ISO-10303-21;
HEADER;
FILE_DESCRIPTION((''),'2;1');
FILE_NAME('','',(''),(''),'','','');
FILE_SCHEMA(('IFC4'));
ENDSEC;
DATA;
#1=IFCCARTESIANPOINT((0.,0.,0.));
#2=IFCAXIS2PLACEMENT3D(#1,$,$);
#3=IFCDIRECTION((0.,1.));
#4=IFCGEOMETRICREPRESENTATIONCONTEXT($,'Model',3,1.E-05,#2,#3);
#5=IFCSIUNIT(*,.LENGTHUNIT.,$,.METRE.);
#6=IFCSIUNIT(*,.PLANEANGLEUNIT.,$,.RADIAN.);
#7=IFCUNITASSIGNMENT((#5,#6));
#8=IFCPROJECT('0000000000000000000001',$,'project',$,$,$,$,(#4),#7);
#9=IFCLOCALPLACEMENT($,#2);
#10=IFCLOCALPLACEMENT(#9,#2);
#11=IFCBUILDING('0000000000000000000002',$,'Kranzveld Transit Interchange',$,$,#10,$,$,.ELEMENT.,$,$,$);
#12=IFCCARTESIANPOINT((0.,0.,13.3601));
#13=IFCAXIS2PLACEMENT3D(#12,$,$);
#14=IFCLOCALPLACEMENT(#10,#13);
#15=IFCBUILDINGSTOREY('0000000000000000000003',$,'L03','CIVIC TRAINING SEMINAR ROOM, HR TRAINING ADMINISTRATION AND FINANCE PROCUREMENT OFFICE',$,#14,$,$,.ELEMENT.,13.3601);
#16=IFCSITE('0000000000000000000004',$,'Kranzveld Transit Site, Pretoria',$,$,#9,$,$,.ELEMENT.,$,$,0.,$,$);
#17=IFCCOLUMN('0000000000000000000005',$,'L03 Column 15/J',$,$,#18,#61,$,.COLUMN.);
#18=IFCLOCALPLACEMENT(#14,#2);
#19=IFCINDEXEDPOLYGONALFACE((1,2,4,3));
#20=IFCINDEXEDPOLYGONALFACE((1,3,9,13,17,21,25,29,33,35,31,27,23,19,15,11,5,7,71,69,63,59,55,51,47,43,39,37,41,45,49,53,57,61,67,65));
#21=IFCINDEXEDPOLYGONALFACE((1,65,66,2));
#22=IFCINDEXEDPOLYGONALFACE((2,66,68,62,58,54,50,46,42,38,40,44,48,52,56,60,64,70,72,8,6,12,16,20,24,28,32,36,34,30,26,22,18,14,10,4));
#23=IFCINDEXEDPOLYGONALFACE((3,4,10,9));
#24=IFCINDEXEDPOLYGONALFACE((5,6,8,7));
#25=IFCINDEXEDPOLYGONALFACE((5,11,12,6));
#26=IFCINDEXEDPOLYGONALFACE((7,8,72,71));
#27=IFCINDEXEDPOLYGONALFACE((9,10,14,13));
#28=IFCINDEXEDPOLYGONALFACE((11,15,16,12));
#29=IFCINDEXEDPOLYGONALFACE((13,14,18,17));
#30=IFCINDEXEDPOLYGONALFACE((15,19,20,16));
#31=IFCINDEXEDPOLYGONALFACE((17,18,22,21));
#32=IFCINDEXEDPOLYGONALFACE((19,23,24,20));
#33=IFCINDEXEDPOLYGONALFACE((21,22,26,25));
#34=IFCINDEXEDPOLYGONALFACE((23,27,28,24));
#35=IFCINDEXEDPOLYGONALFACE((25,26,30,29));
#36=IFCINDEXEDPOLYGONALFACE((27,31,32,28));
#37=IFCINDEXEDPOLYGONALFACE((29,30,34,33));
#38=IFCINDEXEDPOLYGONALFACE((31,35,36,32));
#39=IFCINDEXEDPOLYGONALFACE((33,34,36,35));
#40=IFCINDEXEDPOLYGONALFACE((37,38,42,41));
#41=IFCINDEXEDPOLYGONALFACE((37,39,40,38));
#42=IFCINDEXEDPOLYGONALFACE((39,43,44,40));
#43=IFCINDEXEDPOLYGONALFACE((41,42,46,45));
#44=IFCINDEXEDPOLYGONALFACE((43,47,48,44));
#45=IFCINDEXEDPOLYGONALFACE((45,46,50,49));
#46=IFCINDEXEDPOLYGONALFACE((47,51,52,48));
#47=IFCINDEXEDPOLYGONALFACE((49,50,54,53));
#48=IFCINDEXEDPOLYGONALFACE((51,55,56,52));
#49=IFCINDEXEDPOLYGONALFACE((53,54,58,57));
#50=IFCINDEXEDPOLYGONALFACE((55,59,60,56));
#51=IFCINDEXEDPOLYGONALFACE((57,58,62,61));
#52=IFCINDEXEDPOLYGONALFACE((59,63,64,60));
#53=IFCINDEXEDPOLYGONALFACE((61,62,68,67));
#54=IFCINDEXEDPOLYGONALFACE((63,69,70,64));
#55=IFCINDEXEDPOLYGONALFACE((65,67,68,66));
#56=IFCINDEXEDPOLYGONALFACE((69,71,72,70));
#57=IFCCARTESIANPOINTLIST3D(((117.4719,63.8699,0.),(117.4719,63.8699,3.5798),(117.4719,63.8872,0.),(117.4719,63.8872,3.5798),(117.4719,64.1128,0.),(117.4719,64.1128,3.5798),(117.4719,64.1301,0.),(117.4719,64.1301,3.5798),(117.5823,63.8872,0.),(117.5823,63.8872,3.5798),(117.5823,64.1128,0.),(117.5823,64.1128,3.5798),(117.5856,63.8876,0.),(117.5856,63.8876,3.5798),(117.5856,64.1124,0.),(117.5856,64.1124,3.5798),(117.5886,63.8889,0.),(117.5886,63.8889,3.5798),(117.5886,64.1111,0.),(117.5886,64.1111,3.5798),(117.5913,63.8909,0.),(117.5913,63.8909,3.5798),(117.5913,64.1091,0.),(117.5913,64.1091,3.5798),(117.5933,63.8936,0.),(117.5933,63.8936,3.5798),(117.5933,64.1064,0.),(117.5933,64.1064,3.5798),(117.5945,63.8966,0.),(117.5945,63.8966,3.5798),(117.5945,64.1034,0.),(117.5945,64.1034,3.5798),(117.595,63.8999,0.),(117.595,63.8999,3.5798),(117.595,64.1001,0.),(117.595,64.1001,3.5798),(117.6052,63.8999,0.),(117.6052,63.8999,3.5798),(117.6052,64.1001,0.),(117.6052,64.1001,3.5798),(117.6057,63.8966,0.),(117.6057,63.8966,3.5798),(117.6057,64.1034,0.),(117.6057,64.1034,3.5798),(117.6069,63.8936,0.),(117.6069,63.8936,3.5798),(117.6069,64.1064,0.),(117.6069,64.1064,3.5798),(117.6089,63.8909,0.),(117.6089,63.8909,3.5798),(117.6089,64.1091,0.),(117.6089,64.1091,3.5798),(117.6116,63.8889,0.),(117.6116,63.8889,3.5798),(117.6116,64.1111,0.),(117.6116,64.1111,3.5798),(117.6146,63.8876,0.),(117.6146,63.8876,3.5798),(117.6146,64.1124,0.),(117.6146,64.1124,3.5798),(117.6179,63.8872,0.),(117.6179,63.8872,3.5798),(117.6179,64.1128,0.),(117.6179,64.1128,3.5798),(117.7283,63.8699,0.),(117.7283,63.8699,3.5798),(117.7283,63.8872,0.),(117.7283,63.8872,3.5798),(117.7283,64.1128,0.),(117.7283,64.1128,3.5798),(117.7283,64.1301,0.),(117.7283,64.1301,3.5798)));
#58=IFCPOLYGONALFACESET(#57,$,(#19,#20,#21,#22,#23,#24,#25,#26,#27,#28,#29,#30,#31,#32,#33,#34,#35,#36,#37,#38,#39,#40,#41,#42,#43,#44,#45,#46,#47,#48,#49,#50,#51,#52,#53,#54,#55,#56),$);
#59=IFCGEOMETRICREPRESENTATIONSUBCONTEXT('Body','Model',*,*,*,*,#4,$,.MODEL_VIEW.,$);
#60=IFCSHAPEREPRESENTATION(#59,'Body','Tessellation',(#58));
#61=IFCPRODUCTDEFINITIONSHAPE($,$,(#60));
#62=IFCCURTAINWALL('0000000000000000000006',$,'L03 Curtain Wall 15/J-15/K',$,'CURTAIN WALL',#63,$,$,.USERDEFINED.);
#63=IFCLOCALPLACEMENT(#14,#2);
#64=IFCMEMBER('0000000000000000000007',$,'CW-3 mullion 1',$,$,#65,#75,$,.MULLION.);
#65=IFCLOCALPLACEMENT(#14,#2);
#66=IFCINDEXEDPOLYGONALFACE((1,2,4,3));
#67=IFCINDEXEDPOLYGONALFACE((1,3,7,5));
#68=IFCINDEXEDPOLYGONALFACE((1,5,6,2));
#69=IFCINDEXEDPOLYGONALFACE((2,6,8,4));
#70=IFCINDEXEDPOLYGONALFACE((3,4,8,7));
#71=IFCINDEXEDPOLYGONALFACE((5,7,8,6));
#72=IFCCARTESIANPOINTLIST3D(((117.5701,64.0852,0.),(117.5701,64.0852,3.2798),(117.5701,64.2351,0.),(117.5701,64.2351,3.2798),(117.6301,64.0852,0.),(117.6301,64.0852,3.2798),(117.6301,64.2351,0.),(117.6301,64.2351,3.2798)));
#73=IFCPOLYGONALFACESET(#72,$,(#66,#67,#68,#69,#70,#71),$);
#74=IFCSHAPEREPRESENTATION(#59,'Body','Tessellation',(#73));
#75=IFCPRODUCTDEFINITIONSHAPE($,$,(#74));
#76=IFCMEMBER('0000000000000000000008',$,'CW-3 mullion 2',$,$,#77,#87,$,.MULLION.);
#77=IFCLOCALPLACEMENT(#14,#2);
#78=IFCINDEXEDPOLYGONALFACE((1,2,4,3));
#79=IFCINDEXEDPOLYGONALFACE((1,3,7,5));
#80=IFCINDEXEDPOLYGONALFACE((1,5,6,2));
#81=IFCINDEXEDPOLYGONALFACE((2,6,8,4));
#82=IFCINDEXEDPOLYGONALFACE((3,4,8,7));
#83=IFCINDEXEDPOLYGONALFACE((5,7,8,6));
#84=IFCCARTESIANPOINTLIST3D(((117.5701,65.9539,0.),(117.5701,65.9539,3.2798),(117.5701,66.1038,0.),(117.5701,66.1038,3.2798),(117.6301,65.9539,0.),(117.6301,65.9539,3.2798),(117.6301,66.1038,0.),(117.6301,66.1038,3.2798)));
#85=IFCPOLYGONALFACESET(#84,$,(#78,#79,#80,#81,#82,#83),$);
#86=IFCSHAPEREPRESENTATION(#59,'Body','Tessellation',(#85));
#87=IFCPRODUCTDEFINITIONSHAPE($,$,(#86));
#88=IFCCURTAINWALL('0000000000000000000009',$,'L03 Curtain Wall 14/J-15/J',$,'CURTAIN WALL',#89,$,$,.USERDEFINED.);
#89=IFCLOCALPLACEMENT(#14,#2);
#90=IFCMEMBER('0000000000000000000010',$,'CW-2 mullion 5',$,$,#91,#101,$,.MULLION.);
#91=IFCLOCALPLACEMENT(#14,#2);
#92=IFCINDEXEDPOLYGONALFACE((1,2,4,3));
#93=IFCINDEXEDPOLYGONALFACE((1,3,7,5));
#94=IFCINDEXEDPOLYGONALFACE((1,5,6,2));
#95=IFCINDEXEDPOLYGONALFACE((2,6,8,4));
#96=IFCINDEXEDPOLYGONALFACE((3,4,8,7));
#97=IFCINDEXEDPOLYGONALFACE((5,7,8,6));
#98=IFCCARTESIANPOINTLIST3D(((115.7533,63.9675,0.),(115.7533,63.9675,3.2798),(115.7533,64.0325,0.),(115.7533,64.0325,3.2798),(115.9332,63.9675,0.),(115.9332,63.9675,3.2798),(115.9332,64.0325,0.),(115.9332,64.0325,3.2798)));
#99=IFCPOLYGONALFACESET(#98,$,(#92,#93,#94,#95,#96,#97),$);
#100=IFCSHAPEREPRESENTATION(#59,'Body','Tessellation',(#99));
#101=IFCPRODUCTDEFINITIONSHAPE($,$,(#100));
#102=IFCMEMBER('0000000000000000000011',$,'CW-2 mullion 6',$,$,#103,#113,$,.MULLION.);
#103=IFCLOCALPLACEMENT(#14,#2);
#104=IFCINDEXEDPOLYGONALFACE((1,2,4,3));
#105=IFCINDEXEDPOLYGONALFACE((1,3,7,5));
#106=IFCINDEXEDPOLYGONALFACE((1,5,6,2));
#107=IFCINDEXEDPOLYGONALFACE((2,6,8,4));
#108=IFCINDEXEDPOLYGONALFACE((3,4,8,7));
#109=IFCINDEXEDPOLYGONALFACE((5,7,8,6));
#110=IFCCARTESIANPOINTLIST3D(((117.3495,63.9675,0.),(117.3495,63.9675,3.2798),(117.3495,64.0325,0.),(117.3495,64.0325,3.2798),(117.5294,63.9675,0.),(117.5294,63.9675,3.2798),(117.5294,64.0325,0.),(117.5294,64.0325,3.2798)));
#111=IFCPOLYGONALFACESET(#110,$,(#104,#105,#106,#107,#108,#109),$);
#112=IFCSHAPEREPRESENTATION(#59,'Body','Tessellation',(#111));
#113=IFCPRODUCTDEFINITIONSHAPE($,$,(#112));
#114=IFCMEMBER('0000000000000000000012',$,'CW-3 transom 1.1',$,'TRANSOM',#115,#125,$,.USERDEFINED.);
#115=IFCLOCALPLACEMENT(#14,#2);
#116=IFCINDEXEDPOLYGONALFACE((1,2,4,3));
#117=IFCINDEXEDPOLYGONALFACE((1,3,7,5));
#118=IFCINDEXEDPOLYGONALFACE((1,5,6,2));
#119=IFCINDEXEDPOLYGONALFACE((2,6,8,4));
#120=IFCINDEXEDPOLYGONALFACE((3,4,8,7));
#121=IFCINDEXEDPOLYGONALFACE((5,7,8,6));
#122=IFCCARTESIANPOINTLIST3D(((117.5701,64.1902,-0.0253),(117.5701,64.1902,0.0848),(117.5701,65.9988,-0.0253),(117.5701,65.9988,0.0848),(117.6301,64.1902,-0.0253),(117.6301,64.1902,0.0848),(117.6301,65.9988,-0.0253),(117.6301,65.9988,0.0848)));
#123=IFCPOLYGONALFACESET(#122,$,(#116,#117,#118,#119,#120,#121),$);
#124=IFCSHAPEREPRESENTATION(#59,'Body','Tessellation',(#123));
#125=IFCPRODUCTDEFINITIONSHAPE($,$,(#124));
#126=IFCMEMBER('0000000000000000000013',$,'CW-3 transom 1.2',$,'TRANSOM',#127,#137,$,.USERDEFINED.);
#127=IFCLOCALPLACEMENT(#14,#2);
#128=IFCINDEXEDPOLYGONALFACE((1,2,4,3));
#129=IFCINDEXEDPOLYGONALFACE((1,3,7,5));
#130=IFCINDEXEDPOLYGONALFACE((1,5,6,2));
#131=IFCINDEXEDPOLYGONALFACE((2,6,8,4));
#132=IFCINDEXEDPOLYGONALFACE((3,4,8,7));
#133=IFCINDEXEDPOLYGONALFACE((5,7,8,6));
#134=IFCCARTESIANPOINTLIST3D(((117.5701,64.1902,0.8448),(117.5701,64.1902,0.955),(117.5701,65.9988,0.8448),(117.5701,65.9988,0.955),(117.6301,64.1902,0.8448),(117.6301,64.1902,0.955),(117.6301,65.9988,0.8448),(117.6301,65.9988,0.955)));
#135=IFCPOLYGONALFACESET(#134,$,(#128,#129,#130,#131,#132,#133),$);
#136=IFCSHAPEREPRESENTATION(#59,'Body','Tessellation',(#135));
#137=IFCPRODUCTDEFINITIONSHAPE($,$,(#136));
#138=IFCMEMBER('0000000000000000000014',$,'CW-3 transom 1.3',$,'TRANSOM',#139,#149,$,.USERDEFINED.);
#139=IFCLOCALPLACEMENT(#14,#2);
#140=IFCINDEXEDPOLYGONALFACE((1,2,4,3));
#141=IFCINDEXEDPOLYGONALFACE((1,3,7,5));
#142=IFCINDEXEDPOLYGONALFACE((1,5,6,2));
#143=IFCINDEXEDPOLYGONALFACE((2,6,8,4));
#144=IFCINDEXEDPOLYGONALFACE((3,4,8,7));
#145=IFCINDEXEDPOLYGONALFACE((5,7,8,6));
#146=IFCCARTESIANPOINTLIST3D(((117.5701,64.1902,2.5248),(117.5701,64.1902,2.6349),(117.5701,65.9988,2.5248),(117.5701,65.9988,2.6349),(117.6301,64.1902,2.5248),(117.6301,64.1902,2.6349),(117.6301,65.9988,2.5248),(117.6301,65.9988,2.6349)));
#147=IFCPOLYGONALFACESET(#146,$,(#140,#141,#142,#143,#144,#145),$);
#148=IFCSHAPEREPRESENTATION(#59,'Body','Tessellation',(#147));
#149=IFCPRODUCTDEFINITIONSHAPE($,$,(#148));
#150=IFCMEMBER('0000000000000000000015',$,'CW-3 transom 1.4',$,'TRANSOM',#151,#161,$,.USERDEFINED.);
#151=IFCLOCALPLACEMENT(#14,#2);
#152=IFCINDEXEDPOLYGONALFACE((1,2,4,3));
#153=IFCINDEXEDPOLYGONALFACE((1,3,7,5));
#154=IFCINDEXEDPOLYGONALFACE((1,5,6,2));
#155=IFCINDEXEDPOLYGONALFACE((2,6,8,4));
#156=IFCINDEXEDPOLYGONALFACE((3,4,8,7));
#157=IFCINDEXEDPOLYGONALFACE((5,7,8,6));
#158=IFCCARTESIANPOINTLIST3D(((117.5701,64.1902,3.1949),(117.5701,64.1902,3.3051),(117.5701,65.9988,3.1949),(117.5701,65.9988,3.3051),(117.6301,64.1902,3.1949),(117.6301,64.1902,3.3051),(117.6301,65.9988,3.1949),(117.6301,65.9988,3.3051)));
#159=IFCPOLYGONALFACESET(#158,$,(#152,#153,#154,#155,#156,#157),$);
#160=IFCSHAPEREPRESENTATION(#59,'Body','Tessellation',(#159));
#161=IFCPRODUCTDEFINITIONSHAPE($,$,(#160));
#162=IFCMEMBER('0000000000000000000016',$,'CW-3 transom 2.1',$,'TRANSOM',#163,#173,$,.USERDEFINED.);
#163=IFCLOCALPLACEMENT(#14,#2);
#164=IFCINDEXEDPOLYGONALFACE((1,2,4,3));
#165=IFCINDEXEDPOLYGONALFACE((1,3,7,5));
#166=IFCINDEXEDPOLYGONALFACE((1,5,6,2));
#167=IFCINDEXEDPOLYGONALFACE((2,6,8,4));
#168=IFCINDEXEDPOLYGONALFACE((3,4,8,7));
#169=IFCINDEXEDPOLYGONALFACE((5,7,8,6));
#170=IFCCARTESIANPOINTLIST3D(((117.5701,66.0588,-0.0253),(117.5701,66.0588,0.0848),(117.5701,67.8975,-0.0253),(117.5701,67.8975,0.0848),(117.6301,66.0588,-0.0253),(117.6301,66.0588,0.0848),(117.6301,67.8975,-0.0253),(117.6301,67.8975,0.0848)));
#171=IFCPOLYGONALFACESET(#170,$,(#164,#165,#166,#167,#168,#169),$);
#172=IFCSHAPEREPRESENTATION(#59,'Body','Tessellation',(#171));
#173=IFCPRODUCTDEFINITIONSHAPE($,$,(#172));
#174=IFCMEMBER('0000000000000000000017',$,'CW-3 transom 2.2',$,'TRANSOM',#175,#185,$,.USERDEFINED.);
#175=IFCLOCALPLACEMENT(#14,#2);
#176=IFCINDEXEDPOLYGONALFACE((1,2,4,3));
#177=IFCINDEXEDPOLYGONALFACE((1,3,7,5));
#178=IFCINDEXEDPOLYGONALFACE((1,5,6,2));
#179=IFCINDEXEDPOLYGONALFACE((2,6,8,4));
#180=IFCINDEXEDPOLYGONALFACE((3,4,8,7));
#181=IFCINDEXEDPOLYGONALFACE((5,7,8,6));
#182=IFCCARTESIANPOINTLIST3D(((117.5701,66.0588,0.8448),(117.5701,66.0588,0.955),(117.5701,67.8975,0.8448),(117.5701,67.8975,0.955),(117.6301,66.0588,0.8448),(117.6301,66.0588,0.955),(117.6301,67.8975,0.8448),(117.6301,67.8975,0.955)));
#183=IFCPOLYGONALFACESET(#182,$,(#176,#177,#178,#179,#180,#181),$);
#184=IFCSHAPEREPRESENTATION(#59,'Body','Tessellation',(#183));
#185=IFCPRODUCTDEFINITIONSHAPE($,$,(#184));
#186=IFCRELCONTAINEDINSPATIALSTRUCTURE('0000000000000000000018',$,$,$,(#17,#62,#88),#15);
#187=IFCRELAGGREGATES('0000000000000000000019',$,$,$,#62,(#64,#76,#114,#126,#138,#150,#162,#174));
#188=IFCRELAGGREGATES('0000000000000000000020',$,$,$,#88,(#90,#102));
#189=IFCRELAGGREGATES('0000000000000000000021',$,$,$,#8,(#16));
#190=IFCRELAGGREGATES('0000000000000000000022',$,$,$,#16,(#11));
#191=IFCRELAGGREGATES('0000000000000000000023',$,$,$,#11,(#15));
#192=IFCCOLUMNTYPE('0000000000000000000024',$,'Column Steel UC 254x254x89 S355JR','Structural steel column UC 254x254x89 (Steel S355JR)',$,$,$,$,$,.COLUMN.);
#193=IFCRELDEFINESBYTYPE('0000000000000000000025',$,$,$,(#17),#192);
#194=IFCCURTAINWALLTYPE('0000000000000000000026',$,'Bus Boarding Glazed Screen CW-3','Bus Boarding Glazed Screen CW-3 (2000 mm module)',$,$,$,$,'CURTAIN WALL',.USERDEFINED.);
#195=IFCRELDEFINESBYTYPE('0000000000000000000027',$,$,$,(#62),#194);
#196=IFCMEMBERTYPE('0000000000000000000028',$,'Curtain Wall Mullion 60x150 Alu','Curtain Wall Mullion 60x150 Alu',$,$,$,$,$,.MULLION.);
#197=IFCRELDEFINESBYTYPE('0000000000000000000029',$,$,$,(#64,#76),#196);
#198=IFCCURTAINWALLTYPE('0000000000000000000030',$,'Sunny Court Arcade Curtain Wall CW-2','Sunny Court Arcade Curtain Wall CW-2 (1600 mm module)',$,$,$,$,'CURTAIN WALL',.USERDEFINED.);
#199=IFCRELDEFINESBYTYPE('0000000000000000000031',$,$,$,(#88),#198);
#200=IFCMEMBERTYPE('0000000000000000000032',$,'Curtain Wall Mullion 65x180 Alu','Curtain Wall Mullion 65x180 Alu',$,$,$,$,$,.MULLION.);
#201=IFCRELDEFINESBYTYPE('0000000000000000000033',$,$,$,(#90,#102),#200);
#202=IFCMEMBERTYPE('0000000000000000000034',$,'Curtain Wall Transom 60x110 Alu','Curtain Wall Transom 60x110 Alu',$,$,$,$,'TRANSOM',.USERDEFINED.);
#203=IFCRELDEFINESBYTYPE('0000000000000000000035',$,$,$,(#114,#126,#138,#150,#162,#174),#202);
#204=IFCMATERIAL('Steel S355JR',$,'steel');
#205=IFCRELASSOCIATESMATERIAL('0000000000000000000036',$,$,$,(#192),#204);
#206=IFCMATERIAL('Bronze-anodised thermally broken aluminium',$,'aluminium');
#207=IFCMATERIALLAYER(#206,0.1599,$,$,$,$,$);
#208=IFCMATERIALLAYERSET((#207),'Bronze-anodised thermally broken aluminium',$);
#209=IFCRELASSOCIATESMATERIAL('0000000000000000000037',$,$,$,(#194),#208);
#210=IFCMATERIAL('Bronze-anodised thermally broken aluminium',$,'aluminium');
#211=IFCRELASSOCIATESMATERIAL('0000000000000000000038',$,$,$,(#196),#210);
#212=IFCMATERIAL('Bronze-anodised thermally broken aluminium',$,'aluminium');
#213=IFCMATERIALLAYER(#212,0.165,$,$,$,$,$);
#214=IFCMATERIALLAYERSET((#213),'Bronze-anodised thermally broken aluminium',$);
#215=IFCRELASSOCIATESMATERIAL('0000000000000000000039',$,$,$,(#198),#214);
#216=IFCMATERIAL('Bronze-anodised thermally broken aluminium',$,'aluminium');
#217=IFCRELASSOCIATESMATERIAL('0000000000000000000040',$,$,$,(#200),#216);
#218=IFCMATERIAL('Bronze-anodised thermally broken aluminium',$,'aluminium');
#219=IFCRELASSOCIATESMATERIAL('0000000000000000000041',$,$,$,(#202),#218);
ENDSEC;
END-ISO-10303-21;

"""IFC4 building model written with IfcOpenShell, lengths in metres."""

from ifc_helpers import new_model, si_unit, direction, frame, origin, origin_2d, place, context, subcontext, project, spatial, rectangle, i_section, extrude, material, layer, layer_set, material_profile, profile_set, type_object, element, aggregate, save


model = new_model("IFC4")

# Units and contexts
model_context = context("Model", 3, precision=1e-05, world=origin(), true_north=direction((0.0, 1.0)))
body_context = subcontext(model_context, "Body", "Model", "MODEL_VIEW")
ifc_project = project(units=[si_unit("LENGTHUNIT", "METRE"), si_unit("PLANEANGLEUNIT", "RADIAN")], contexts=[model_context])

# Site, building, storey
site_placement = place(None, origin())
site = spatial("IfcSite", under=ifc_project, at=site_placement, Name="Kranzveld Transit Site, Pretoria", CompositionType="ELEMENT", RefElevation=0.0)
building_placement = place(site_placement, origin())
building = spatial("IfcBuilding", under=site, at=building_placement, Name="Kranzveld Transit Interchange", CompositionType="ELEMENT")
storey_placement = place(building_placement, frame((0.0, 0.0, 13.3601)))
storey = spatial("IfcBuildingStorey", under=building, at=storey_placement, Name="L03", Description="CIVIC TRAINING SEMINAR ROOM, HR TRAINING ADMINISTRATION AND FINANCE PROCUREMENT OFFICE", CompositionType="ELEMENT", Elevation=13.3601)

# Column
ifc_material_1 = material(Name="Steel S355JR", Category="steel")
ifc_material_profile_1 = material_profile(ifc_material_1, i_section(OverallWidth=0.2563, OverallDepth=0.2603, WebThickness=0.0103, FlangeThickness=0.0173, FilletRadius=0.0127, at=origin_2d()), Name="UC 254x254x89")
ifc_profile_set_1 = profile_set([ifc_material_profile_1], Name="Steel S355JR")
column_type = type_object("IfcColumnType", Name="Column Steel UC 254x254x89 S355JR", Description="Structural steel column UC 254x254x89 (Steel S355JR)", PredefinedType="COLUMN", material=ifc_profile_set_1)
column_placement = place(storey_placement, frame((117.6001, 64.0, 0.0), z_axis=(0.0, 0.0, 1.0), x_axis=(1.0, 0.0, 0.0)))
element("IfcColumn", 1, at=column_placement, inside=storey, type_object=column_type, Name="L03 Column 15/J", PredefinedType="COLUMN", context=body_context, shape_type="SweptSolid", body=[
    extrude(i_section(OverallWidth=0.2563, OverallDepth=0.2603, WebThickness=0.0103, FlangeThickness=0.0173, FilletRadius=0.0127, at=origin_2d()), origin(), (0.0, 0.0, 1.0), 3.5798),
])

# Curtain walls, members
ifc_material_2 = material(Name="Bronze-anodised thermally broken aluminium", Category="aluminium")
ifc_layer_1 = layer(ifc_material_2, 0.1599)
ifc_layer_set_1 = layer_set([ifc_layer_1], Name="Bronze-anodised thermally broken aluminium")
curtain_wall_type_1 = type_object("IfcCurtainWallType", Name="Bus Boarding Glazed Screen CW-3", Description="Bus Boarding Glazed Screen CW-3 (2000 mm module)", ElementType="CURTAIN WALL", PredefinedType="USERDEFINED", material=ifc_layer_set_1)
curtain_wall_1_placement = place(storey_placement, origin())
curtain_wall_1 = element("IfcCurtainWall", 2, at=curtain_wall_1_placement, inside=storey, type_object=curtain_wall_type_1, Name="L03 Curtain Wall 15/J-15/K", ObjectType="CURTAIN WALL", PredefinedType="USERDEFINED")
ifc_material_3 = material(Name="Bronze-anodised thermally broken aluminium", Category="aluminium")
ifc_material_profile_2 = material_profile(ifc_material_3, rectangle(XDim=0.0601, YDim=0.1499, at=origin_2d()), Name="ALU MULLION 60x150")
ifc_profile_set_2 = profile_set([ifc_material_profile_2], Name="Bronze-anodised thermally broken aluminium")
member_type_1 = type_object("IfcMemberType", Name="Curtain Wall Mullion 60x150 Alu", Description="Curtain Wall Mullion 60x150 Alu", PredefinedType="MULLION", material=ifc_profile_set_2)
member_1_placement = place(storey_placement, frame((117.6001, 64.1602, 0.0), z_axis=(0.0, 0.0, 1.0), x_axis=(-1.0, 0.0, 0.0)))
member_1 = element("IfcMember", 3, at=member_1_placement, type_object=member_type_1, Name="CW-3 mullion 1", PredefinedType="MULLION", context=body_context, shape_type="SweptSolid", body=[
    extrude(rectangle(XDim=0.0601, YDim=0.1499, at=origin_2d()), origin(), (0.0, 0.0, 1.0), 3.2798),
])
member_2_placement = place(storey_placement, frame((117.6001, 66.0288, 0.0), z_axis=(0.0, 0.0, 1.0), x_axis=(-1.0, 0.0, 0.0)))
member_2 = element("IfcMember", 4, at=member_2_placement, type_object=member_type_1, Name="CW-3 mullion 2", PredefinedType="MULLION", context=body_context, shape_type="SweptSolid", body=[
    extrude(rectangle(XDim=0.0601, YDim=0.1499, at=origin_2d()), origin(), (0.0, 0.0, 1.0), 3.2798),
])
ifc_material_4 = material(Name="Bronze-anodised thermally broken aluminium", Category="aluminium")
ifc_layer_2 = layer(ifc_material_4, 0.165)
ifc_layer_set_2 = layer_set([ifc_layer_2], Name="Bronze-anodised thermally broken aluminium")
curtain_wall_type_2 = type_object("IfcCurtainWallType", Name="Sunny Court Arcade Curtain Wall CW-2", Description="Sunny Court Arcade Curtain Wall CW-2 (1600 mm module)", ElementType="CURTAIN WALL", PredefinedType="USERDEFINED", material=ifc_layer_set_2)
curtain_wall_2_placement = place(storey_placement, origin())
curtain_wall_2 = element("IfcCurtainWall", 5, at=curtain_wall_2_placement, inside=storey, type_object=curtain_wall_type_2, Name="L03 Curtain Wall 14/J-15/J", ObjectType="CURTAIN WALL", PredefinedType="USERDEFINED")
ifc_material_5 = material(Name="Bronze-anodised thermally broken aluminium", Category="aluminium")
ifc_material_profile_3 = material_profile(ifc_material_5, rectangle(XDim=0.0649, YDim=0.1799, at=origin_2d()), Name="ALU MULLION 65x180")
ifc_profile_set_3 = profile_set([ifc_material_profile_3], Name="Bronze-anodised thermally broken aluminium")
member_type_2 = type_object("IfcMemberType", Name="Curtain Wall Mullion 65x180 Alu", Description="Curtain Wall Mullion 65x180 Alu", PredefinedType="MULLION", material=ifc_profile_set_3)
member_3_placement = place(storey_placement, frame((115.8433, 64.0, 0.0), z_axis=(0.0, 0.0, 1.0), x_axis=(0.0, 1.0, 0.0)))
member_3 = element("IfcMember", 6, at=member_3_placement, type_object=member_type_2, Name="CW-2 mullion 5", PredefinedType="MULLION", context=body_context, shape_type="SweptSolid", body=[
    extrude(rectangle(XDim=0.0649, YDim=0.1799, at=origin_2d()), origin(), (0.0, 0.0, 1.0), 3.2798),
])
member_4_placement = place(storey_placement, frame((117.4395, 64.0, 0.0), z_axis=(0.0, 0.0, 1.0), x_axis=(0.0, 1.0, 0.0)))
member_4 = element("IfcMember", 7, at=member_4_placement, type_object=member_type_2, Name="CW-2 mullion 6", PredefinedType="MULLION", context=body_context, shape_type="SweptSolid", body=[
    extrude(rectangle(XDim=0.0649, YDim=0.1799, at=origin_2d()), origin(), (0.0, 0.0, 1.0), 3.2798),
])

# Members
ifc_material_6 = material(Name="Bronze-anodised thermally broken aluminium", Category="aluminium")
ifc_material_profile_4 = material_profile(ifc_material_6, rectangle(XDim=0.0601, YDim=0.1101, at=origin_2d()), Name="ALU TRANSOM 60x110")
ifc_profile_set_4 = profile_set([ifc_material_profile_4], Name="Bronze-anodised thermally broken aluminium")
member_type_3 = type_object("IfcMemberType", Name="Curtain Wall Transom 60x110 Alu", Description="Curtain Wall Transom 60x110 Alu", ElementType="TRANSOM", PredefinedType="USERDEFINED", material=ifc_profile_set_4)
member_5_placement = place(storey_placement, frame((117.6001, 64.1902, 0.0298), z_axis=(0.0, 1.0, 0.0), x_axis=(-1.0, 0.0, 0.0)))
member_5 = element("IfcMember", 8, at=member_5_placement, type_object=member_type_3, Name="CW-3 transom 1.1", ObjectType="TRANSOM", PredefinedType="USERDEFINED", context=body_context, shape_type="SweptSolid", body=[
    extrude(rectangle(XDim=0.0601, YDim=0.1101, at=origin_2d()), origin(), (0.0, 0.0, 1.0), 1.8086),
])
member_6_placement = place(storey_placement, frame((117.6001, 64.1902, 0.8999), z_axis=(0.0, 1.0, 0.0), x_axis=(-1.0, 0.0, 0.0)))
member_6 = element("IfcMember", 9, at=member_6_placement, type_object=member_type_3, Name="CW-3 transom 1.2", ObjectType="TRANSOM", PredefinedType="USERDEFINED", context=body_context, shape_type="SweptSolid", body=[
    extrude(rectangle(XDim=0.0601, YDim=0.1101, at=origin_2d()), origin(), (0.0, 0.0, 1.0), 1.8086),
])
member_7_placement = place(storey_placement, frame((117.6001, 64.1902, 2.5798), z_axis=(0.0, 1.0, 0.0), x_axis=(-1.0, 0.0, 0.0)))
member_7 = element("IfcMember", 10, at=member_7_placement, type_object=member_type_3, Name="CW-3 transom 1.3", ObjectType="TRANSOM", PredefinedType="USERDEFINED", context=body_context, shape_type="SweptSolid", body=[
    extrude(rectangle(XDim=0.0601, YDim=0.1101, at=origin_2d()), origin(), (0.0, 0.0, 1.0), 1.8086),
])
member_8_placement = place(storey_placement, frame((117.6001, 64.1902, 3.25), z_axis=(0.0, 1.0, 0.0), x_axis=(-1.0, 0.0, 0.0)))
member_8 = element("IfcMember", 11, at=member_8_placement, type_object=member_type_3, Name="CW-3 transom 1.4", ObjectType="TRANSOM", PredefinedType="USERDEFINED", context=body_context, shape_type="SweptSolid", body=[
    extrude(rectangle(XDim=0.0601, YDim=0.1101, at=origin_2d()), origin(), (0.0, 0.0, 1.0), 1.8086),
])
member_9_placement = place(storey_placement, frame((117.6001, 66.0588, 0.0298), z_axis=(0.0, 1.0, 0.0), x_axis=(-1.0, 0.0, 0.0)))
member_9 = element("IfcMember", 12, at=member_9_placement, type_object=member_type_3, Name="CW-3 transom 2.1", ObjectType="TRANSOM", PredefinedType="USERDEFINED", context=body_context, shape_type="SweptSolid", body=[
    extrude(rectangle(XDim=0.0601, YDim=0.1101, at=origin_2d()), origin(), (0.0, 0.0, 1.0), 1.8386),
])
member_10_placement = place(storey_placement, frame((117.6001, 66.0588, 0.8999), z_axis=(0.0, 1.0, 0.0), x_axis=(-1.0, 0.0, 0.0)))
member_10 = element("IfcMember", 13, at=member_10_placement, type_object=member_type_3, Name="CW-3 transom 2.2", ObjectType="TRANSOM", PredefinedType="USERDEFINED", context=body_context, shape_type="SweptSolid", body=[
    extrude(rectangle(XDim=0.0601, YDim=0.1101, at=origin_2d()), origin(), (0.0, 0.0, 1.0), 1.8386),
])

aggregate(curtain_wall_1, [member_1, member_2, member_5, member_6, member_7, member_8, member_9, member_10])
aggregate(curtain_wall_2, [member_3, member_4])

save(model, "model.ifc")
